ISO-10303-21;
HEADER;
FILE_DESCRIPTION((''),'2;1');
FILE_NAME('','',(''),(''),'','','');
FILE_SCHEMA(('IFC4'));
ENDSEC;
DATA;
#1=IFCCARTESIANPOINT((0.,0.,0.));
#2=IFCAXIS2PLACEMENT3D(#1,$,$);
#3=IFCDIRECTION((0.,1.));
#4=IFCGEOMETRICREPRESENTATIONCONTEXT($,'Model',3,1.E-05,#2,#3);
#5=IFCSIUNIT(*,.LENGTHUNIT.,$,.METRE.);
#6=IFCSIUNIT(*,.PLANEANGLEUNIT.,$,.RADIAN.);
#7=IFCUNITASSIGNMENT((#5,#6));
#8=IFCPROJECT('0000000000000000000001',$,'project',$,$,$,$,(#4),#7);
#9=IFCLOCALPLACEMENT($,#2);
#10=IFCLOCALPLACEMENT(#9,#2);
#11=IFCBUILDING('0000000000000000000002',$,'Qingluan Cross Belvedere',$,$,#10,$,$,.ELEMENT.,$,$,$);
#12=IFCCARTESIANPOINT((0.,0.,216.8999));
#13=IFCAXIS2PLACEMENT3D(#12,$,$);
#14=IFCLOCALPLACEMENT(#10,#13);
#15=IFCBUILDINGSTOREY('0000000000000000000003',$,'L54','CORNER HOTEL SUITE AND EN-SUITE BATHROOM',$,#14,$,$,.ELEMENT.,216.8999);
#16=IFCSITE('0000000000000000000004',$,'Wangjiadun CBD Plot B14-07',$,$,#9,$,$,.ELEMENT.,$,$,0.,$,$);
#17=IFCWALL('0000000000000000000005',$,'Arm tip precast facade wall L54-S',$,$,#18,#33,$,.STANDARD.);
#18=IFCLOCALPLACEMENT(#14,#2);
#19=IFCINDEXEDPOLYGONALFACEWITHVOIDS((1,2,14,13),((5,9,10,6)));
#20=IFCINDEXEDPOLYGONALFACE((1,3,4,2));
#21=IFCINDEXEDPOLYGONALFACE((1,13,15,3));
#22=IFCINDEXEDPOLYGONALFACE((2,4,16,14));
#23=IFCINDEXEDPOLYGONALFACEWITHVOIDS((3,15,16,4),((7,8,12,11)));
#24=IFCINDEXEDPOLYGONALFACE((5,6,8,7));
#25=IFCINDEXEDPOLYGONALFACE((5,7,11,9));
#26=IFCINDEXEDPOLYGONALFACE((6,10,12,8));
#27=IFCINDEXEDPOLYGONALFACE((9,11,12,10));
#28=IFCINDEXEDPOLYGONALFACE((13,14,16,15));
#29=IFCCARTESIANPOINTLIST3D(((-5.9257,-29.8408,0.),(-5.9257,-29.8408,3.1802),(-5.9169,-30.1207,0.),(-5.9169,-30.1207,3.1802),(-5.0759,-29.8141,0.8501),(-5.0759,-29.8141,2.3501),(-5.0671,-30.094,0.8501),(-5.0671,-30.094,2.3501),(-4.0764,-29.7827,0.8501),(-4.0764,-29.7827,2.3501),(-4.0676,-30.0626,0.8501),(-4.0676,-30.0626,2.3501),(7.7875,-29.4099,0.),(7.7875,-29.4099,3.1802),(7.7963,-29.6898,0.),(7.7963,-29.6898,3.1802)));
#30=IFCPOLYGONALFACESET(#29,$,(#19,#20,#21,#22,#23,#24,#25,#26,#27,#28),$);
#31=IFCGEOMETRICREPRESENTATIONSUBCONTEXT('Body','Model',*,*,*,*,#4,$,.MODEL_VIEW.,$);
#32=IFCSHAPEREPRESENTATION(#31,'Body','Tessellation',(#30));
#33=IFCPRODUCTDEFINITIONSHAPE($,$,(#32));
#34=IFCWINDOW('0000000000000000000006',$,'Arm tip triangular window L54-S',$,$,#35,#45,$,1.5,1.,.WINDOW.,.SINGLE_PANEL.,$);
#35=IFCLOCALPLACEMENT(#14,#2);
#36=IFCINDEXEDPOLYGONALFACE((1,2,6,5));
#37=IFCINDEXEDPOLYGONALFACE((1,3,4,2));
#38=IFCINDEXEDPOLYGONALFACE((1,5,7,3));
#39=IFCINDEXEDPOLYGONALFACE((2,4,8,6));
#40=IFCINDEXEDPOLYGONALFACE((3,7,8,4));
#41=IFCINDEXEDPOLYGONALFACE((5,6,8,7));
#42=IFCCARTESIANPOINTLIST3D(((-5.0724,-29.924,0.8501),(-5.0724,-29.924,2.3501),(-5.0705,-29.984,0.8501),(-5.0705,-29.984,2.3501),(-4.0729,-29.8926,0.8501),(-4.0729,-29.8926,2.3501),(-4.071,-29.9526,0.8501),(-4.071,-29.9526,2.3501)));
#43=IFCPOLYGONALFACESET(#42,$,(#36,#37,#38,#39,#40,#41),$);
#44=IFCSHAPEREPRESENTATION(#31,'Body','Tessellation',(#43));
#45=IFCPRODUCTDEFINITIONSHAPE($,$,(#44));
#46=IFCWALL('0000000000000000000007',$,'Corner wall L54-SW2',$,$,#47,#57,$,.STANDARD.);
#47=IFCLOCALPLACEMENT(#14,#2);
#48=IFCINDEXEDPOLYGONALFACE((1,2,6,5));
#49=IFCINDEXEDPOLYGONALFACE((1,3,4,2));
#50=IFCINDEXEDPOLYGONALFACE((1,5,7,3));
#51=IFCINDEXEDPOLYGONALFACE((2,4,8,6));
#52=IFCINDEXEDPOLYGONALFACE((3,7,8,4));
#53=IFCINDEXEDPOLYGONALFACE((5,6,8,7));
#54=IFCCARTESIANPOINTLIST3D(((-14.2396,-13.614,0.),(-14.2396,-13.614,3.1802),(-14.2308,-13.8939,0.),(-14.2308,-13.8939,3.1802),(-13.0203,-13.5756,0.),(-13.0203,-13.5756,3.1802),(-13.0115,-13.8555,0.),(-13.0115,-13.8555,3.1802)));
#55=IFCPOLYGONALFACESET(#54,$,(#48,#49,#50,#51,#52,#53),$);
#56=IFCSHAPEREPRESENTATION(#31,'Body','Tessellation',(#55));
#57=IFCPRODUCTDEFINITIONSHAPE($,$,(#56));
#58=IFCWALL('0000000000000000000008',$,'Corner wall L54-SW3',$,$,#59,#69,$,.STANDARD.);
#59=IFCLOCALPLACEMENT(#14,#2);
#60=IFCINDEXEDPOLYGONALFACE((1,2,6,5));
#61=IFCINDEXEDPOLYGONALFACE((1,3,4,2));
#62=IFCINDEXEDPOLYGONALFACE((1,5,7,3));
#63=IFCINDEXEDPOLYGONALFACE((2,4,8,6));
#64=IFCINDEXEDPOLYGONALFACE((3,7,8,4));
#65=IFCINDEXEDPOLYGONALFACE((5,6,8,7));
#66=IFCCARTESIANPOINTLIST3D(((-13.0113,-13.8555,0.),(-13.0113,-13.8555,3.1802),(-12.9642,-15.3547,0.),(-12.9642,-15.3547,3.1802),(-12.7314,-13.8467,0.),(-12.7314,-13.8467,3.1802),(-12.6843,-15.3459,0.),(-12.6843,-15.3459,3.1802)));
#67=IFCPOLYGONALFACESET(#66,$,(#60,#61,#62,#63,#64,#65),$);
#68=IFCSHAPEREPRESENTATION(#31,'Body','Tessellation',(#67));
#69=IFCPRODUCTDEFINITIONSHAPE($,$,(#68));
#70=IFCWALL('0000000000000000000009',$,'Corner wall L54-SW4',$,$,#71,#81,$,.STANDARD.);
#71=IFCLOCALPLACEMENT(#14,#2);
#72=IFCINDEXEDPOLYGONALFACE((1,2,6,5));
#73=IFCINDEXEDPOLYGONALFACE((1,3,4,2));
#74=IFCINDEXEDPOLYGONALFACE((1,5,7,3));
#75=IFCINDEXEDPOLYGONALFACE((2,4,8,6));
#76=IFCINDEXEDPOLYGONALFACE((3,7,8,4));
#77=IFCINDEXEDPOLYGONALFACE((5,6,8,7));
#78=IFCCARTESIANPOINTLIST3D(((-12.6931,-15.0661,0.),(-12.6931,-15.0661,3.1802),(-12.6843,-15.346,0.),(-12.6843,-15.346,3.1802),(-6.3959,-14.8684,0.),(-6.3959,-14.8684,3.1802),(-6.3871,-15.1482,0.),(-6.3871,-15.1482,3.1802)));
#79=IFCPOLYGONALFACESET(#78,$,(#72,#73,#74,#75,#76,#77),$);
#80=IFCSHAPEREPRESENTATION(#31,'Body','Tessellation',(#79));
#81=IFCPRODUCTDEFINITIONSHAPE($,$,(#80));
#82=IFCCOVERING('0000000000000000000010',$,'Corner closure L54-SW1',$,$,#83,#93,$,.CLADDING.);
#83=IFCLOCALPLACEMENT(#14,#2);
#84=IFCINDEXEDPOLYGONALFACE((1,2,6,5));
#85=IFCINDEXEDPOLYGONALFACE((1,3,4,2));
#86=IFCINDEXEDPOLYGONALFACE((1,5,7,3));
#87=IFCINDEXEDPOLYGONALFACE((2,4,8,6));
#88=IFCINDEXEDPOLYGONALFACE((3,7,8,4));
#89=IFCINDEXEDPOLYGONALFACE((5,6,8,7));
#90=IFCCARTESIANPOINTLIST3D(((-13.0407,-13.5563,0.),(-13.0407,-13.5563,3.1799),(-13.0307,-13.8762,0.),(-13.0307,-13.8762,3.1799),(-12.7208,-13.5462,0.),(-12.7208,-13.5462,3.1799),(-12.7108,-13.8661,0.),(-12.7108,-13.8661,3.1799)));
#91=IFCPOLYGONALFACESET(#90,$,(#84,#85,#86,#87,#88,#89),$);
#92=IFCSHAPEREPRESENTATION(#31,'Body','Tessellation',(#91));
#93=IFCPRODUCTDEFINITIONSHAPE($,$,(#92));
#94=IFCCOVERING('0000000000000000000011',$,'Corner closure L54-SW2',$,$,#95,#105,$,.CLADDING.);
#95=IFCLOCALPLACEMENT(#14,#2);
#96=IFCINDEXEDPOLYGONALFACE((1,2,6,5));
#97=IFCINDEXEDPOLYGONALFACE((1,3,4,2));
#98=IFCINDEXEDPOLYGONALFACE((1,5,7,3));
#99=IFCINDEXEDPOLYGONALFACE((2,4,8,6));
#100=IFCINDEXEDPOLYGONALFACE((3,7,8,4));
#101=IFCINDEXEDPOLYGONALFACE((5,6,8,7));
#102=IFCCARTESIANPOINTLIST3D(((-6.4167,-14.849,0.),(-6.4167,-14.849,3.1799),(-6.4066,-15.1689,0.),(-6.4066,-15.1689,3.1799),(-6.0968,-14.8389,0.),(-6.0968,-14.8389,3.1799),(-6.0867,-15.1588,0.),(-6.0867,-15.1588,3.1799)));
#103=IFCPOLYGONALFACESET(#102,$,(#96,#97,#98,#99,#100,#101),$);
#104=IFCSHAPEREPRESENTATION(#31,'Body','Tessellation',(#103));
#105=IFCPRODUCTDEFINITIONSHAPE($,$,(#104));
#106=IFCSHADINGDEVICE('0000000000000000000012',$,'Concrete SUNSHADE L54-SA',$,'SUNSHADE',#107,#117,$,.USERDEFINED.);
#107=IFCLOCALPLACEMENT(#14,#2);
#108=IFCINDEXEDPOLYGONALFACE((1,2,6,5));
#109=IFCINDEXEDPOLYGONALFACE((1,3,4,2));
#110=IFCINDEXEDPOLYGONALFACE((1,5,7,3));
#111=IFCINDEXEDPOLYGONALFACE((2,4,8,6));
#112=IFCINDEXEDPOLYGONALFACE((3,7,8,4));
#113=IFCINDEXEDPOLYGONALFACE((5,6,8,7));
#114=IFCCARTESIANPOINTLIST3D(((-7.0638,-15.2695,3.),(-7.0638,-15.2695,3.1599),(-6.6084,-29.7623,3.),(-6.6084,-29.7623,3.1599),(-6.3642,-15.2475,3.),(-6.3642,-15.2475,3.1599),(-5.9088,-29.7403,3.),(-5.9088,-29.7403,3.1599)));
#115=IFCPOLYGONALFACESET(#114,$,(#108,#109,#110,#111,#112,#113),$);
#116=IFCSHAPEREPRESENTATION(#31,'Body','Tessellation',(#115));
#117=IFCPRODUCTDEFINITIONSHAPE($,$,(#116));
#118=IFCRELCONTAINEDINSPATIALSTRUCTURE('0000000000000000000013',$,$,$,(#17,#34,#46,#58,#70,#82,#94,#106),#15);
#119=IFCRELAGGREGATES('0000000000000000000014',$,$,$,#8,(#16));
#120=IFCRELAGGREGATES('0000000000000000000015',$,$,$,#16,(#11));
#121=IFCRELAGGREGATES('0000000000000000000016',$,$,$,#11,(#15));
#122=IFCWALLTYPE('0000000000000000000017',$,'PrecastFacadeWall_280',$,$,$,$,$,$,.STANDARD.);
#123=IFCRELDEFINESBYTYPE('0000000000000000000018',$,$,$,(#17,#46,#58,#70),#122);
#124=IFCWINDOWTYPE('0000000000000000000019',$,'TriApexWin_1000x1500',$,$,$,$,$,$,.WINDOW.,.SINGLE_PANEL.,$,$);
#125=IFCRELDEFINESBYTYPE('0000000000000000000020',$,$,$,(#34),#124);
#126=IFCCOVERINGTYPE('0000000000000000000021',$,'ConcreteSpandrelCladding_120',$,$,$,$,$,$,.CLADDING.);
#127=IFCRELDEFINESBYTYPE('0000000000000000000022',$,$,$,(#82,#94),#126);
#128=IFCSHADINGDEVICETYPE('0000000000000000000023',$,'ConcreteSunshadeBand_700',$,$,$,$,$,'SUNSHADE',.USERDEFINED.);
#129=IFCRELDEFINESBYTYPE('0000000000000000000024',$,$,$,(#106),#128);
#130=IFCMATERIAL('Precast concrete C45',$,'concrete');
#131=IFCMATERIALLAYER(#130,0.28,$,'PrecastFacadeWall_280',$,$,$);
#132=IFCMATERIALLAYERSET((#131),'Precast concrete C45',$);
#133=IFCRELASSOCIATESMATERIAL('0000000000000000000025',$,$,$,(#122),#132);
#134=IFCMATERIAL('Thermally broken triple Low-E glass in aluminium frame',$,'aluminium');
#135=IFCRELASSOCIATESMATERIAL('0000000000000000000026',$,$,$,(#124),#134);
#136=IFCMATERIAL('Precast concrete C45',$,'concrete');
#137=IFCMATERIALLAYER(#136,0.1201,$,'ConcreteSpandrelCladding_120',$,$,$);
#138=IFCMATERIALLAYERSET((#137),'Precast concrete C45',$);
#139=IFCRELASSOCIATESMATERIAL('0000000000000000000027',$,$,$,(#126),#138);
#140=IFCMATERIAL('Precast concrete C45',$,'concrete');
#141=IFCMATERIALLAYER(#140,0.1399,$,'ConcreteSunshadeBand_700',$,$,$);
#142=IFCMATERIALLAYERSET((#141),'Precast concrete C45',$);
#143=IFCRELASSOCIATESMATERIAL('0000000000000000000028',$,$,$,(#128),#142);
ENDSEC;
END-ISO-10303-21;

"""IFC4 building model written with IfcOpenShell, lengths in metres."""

from ifc_helpers import new_model, si_unit, direction, frame, frame_2d, origin, origin_2d, place, context, subcontext, project, spatial, rectangle, extrude, material, layer, layer_set, type_object, element, fill, save


model = new_model("IFC4")

# Units and contexts
model_context = context("Model", 3, precision=1e-05, world=origin(), true_north=direction((0.0, 1.0)))
body_context = subcontext(model_context, "Body", "Model", "MODEL_VIEW")
ifc_project = project(units=[si_unit("LENGTHUNIT", "METRE"), si_unit("PLANEANGLEUNIT", "RADIAN")], contexts=[model_context])

# Site, building, storey
site_placement = place(None, origin())
site = spatial("IfcSite", under=ifc_project, at=site_placement, Name="Wangjiadun CBD Plot B14-07", CompositionType="ELEMENT", RefElevation=0.0)
building_placement = place(site_placement, origin())
building = spatial("IfcBuilding", under=site, at=building_placement, Name="Qingluan Cross Belvedere", CompositionType="ELEMENT")
storey_placement = place(building_placement, frame((0.0, 0.0, 216.8999)))
storey = spatial("IfcBuildingStorey", under=building, at=storey_placement, Name="L54", Description="CORNER HOTEL SUITE AND EN-SUITE BATHROOM", CompositionType="ELEMENT", Elevation=216.8999)

# Shared definitions
ifc_material_1 = material(Name="Precast concrete C45", Category="concrete")
ifc_layer_1 = layer(ifc_material_1, 0.28, Name="PrecastFacadeWall_280")
ifc_layer_set_1 = layer_set([ifc_layer_1], Name="Precast concrete C45")
wall_type_1 = type_object("IfcWallType", Name="PrecastFacadeWall_280", PredefinedType="STANDARD", material=ifc_layer_set_1)

# Wall, opening, window
wall_1_placement = place(storey_placement, frame((-5.9211, -29.9807, 0.0), z_axis=(0.0, 0.0, 1.0), x_axis=(0.999507, 0.031408, 0.0)))
wall_1 = element("IfcWall", 1, at=wall_1_placement, inside=storey, type_object=wall_type_1, Name="Arm tip precast facade wall L54-S", PredefinedType="STANDARD", context=body_context, shape_type="SweptSolid", body=[
    extrude(rectangle(XDim=13.72, YDim=0.28, at=frame_2d((6.8599, 0.0))), origin(), (0.0, 0.0, 1.0), 3.1802),
])
opening_1_placement = place(wall_1_placement, frame((0.8501, 0.0, 0.8501)))
opening_1 = element("IfcOpeningElement", 2, at=opening_1_placement, cuts=wall_1, PredefinedType="OPENING", context=body_context, shape_type="SweptSolid", body=[
    extrude(rectangle(XDim=1.0, YDim=1.5, at=frame_2d((0.5, 0.75))), frame((0.0, 0.1499, 0.0), z_axis=(0.0, -1.0, 0.0), x_axis=(1.0, 0.0, 0.0)), (0.0, 0.0, 1.0), 0.3),
])
ifc_material_2 = material(Name="Thermally broken triple Low-E glass in aluminium frame", Category="aluminium")
window_type_1 = type_object("IfcWindowType", Name="TriApexWin_1000x1500", PartitioningType="SINGLE_PANEL", PredefinedType="WINDOW", material=ifc_material_2)
window_1_placement = place(opening_1_placement, origin())
window_1 = element("IfcWindow", 3, at=window_1_placement, inside=storey, type_object=window_type_1, Name="Arm tip triangular window L54-S", OverallHeight=1.5, OverallWidth=1.0, PartitioningType="SINGLE_PANEL", PredefinedType="WINDOW", context=body_context, shape_type="SweptSolid", body=[
    extrude(rectangle(XDim=1.0, YDim=1.5, at=frame_2d((0.5, 0.75))), frame((0.0, 0.03, 0.0), z_axis=(0.0, -1.0, 0.0), x_axis=(1.0, 0.0, 0.0)), (0.0, 0.0, 1.0), 0.0601),
])
fill(opening_1, window_1)

# Walls
wall_2_placement = place(storey_placement, frame((-14.2351, -13.7539, 0.0), z_axis=(0.0, 0.0, 1.0), x_axis=(0.999506, 0.031416, 0.0)))
element("IfcWall", 4, at=wall_2_placement, inside=storey, type_object=wall_type_1, Name="Corner wall L54-SW2", PredefinedType="STANDARD", context=body_context, shape_type="SweptSolid", body=[
    extrude(rectangle(XDim=1.22, YDim=0.28, at=frame_2d((0.6099, 0.0))), origin(), (0.0, 0.0, 1.0), 3.1802),
])
wall_3_placement = place(storey_placement, frame((-12.8713, -13.8511, 0.0), z_axis=(0.0, 0.0, 1.0), x_axis=(0.031413, -0.999507, 0.0)))
element("IfcWall", 5, at=wall_3_placement, inside=storey, type_object=wall_type_1, Name="Corner wall L54-SW3", PredefinedType="STANDARD", context=body_context, shape_type="SweptSolid", body=[
    extrude(rectangle(XDim=1.5, YDim=0.28, at=frame_2d((0.75, 0.0))), origin(), (0.0, 0.0, 1.0), 3.1802),
])
wall_4_placement = place(storey_placement, frame((-12.6887, -15.2061, 0.0), z_axis=(0.0, 0.0, 1.0), x_axis=(0.999507, 0.031388, 0.0)))
element("IfcWall", 6, at=wall_4_placement, inside=storey, type_object=wall_type_1, Name="Corner wall L54-SW4", PredefinedType="STANDARD", context=body_context, shape_type="SweptSolid", body=[
    extrude(rectangle(XDim=6.3003, YDim=0.28, at=frame_2d((3.1501, 0.0))), origin(), (0.0, 0.0, 1.0), 3.1802),
])

# Coverings
ifc_material_3 = material(Name="Precast concrete C45", Category="concrete")
ifc_layer_2 = layer(ifc_material_3, 0.1201, Name="ConcreteSpandrelCladding_120")
ifc_layer_set_2 = layer_set([ifc_layer_2], Name="Precast concrete C45")
covering_type = type_object("IfcCoveringType", Name="ConcreteSpandrelCladding_120", PredefinedType="CLADDING", material=ifc_layer_set_2)
for number, where, z_axis, x_axis, name in (
    (7, (-12.8757, -13.7112, 0.0), (0.0, 0.0, 1.0), (0.999507, 0.031411, 0.0), "Corner closure L54-SW1"),
    (8, (-6.2517, -15.0039, 0.0), (0.0, 0.0, 1.0), (0.999507, 0.031411, 0.0), "Corner closure L54-SW2"),
):
    element("IfcCovering", number, at=place(storey_placement, frame(where, z_axis=z_axis, x_axis=x_axis)), inside=storey, type_object=covering_type, Name=name, PredefinedType="CLADDING", context=body_context, shape_type="SweptSolid", body=[
        extrude(rectangle(XDim=0.3201, YDim=0.3201, at=origin_2d()), origin(), (0.0, 0.0, 1.0), 3.1799),
    ])

# Shading device
ifc_material_4 = material(Name="Precast concrete C45", Category="concrete")
ifc_layer_3 = layer(ifc_material_4, 0.1399, Name="ConcreteSunshadeBand_700")
ifc_layer_set_3 = layer_set([ifc_layer_3], Name="Precast concrete C45")
shading_device_type = type_object("IfcShadingDeviceType", Name="ConcreteSunshadeBand_700", ElementType="SUNSHADE", PredefinedType="USERDEFINED", material=ifc_layer_set_3)
shading_device_placement = place(storey_placement, frame((-6.4863, -22.5049, 3.0), z_axis=(0.0, 0.0, 1.0), x_axis=(0.031408, -0.999507, 0.0)))
element("IfcShadingDevice", 9, at=shading_device_placement, inside=storey, type_object=shading_device_type, Name="Concrete SUNSHADE L54-SA", ObjectType="SUNSHADE", PredefinedType="USERDEFINED", context=body_context, shape_type="SweptSolid", body=[
    extrude(rectangle(XDim=14.5, YDim=0.7, at=origin_2d()), origin(), (0.0, 0.0, 1.0), 0.1599),
])

save(model, "model.ifc")
